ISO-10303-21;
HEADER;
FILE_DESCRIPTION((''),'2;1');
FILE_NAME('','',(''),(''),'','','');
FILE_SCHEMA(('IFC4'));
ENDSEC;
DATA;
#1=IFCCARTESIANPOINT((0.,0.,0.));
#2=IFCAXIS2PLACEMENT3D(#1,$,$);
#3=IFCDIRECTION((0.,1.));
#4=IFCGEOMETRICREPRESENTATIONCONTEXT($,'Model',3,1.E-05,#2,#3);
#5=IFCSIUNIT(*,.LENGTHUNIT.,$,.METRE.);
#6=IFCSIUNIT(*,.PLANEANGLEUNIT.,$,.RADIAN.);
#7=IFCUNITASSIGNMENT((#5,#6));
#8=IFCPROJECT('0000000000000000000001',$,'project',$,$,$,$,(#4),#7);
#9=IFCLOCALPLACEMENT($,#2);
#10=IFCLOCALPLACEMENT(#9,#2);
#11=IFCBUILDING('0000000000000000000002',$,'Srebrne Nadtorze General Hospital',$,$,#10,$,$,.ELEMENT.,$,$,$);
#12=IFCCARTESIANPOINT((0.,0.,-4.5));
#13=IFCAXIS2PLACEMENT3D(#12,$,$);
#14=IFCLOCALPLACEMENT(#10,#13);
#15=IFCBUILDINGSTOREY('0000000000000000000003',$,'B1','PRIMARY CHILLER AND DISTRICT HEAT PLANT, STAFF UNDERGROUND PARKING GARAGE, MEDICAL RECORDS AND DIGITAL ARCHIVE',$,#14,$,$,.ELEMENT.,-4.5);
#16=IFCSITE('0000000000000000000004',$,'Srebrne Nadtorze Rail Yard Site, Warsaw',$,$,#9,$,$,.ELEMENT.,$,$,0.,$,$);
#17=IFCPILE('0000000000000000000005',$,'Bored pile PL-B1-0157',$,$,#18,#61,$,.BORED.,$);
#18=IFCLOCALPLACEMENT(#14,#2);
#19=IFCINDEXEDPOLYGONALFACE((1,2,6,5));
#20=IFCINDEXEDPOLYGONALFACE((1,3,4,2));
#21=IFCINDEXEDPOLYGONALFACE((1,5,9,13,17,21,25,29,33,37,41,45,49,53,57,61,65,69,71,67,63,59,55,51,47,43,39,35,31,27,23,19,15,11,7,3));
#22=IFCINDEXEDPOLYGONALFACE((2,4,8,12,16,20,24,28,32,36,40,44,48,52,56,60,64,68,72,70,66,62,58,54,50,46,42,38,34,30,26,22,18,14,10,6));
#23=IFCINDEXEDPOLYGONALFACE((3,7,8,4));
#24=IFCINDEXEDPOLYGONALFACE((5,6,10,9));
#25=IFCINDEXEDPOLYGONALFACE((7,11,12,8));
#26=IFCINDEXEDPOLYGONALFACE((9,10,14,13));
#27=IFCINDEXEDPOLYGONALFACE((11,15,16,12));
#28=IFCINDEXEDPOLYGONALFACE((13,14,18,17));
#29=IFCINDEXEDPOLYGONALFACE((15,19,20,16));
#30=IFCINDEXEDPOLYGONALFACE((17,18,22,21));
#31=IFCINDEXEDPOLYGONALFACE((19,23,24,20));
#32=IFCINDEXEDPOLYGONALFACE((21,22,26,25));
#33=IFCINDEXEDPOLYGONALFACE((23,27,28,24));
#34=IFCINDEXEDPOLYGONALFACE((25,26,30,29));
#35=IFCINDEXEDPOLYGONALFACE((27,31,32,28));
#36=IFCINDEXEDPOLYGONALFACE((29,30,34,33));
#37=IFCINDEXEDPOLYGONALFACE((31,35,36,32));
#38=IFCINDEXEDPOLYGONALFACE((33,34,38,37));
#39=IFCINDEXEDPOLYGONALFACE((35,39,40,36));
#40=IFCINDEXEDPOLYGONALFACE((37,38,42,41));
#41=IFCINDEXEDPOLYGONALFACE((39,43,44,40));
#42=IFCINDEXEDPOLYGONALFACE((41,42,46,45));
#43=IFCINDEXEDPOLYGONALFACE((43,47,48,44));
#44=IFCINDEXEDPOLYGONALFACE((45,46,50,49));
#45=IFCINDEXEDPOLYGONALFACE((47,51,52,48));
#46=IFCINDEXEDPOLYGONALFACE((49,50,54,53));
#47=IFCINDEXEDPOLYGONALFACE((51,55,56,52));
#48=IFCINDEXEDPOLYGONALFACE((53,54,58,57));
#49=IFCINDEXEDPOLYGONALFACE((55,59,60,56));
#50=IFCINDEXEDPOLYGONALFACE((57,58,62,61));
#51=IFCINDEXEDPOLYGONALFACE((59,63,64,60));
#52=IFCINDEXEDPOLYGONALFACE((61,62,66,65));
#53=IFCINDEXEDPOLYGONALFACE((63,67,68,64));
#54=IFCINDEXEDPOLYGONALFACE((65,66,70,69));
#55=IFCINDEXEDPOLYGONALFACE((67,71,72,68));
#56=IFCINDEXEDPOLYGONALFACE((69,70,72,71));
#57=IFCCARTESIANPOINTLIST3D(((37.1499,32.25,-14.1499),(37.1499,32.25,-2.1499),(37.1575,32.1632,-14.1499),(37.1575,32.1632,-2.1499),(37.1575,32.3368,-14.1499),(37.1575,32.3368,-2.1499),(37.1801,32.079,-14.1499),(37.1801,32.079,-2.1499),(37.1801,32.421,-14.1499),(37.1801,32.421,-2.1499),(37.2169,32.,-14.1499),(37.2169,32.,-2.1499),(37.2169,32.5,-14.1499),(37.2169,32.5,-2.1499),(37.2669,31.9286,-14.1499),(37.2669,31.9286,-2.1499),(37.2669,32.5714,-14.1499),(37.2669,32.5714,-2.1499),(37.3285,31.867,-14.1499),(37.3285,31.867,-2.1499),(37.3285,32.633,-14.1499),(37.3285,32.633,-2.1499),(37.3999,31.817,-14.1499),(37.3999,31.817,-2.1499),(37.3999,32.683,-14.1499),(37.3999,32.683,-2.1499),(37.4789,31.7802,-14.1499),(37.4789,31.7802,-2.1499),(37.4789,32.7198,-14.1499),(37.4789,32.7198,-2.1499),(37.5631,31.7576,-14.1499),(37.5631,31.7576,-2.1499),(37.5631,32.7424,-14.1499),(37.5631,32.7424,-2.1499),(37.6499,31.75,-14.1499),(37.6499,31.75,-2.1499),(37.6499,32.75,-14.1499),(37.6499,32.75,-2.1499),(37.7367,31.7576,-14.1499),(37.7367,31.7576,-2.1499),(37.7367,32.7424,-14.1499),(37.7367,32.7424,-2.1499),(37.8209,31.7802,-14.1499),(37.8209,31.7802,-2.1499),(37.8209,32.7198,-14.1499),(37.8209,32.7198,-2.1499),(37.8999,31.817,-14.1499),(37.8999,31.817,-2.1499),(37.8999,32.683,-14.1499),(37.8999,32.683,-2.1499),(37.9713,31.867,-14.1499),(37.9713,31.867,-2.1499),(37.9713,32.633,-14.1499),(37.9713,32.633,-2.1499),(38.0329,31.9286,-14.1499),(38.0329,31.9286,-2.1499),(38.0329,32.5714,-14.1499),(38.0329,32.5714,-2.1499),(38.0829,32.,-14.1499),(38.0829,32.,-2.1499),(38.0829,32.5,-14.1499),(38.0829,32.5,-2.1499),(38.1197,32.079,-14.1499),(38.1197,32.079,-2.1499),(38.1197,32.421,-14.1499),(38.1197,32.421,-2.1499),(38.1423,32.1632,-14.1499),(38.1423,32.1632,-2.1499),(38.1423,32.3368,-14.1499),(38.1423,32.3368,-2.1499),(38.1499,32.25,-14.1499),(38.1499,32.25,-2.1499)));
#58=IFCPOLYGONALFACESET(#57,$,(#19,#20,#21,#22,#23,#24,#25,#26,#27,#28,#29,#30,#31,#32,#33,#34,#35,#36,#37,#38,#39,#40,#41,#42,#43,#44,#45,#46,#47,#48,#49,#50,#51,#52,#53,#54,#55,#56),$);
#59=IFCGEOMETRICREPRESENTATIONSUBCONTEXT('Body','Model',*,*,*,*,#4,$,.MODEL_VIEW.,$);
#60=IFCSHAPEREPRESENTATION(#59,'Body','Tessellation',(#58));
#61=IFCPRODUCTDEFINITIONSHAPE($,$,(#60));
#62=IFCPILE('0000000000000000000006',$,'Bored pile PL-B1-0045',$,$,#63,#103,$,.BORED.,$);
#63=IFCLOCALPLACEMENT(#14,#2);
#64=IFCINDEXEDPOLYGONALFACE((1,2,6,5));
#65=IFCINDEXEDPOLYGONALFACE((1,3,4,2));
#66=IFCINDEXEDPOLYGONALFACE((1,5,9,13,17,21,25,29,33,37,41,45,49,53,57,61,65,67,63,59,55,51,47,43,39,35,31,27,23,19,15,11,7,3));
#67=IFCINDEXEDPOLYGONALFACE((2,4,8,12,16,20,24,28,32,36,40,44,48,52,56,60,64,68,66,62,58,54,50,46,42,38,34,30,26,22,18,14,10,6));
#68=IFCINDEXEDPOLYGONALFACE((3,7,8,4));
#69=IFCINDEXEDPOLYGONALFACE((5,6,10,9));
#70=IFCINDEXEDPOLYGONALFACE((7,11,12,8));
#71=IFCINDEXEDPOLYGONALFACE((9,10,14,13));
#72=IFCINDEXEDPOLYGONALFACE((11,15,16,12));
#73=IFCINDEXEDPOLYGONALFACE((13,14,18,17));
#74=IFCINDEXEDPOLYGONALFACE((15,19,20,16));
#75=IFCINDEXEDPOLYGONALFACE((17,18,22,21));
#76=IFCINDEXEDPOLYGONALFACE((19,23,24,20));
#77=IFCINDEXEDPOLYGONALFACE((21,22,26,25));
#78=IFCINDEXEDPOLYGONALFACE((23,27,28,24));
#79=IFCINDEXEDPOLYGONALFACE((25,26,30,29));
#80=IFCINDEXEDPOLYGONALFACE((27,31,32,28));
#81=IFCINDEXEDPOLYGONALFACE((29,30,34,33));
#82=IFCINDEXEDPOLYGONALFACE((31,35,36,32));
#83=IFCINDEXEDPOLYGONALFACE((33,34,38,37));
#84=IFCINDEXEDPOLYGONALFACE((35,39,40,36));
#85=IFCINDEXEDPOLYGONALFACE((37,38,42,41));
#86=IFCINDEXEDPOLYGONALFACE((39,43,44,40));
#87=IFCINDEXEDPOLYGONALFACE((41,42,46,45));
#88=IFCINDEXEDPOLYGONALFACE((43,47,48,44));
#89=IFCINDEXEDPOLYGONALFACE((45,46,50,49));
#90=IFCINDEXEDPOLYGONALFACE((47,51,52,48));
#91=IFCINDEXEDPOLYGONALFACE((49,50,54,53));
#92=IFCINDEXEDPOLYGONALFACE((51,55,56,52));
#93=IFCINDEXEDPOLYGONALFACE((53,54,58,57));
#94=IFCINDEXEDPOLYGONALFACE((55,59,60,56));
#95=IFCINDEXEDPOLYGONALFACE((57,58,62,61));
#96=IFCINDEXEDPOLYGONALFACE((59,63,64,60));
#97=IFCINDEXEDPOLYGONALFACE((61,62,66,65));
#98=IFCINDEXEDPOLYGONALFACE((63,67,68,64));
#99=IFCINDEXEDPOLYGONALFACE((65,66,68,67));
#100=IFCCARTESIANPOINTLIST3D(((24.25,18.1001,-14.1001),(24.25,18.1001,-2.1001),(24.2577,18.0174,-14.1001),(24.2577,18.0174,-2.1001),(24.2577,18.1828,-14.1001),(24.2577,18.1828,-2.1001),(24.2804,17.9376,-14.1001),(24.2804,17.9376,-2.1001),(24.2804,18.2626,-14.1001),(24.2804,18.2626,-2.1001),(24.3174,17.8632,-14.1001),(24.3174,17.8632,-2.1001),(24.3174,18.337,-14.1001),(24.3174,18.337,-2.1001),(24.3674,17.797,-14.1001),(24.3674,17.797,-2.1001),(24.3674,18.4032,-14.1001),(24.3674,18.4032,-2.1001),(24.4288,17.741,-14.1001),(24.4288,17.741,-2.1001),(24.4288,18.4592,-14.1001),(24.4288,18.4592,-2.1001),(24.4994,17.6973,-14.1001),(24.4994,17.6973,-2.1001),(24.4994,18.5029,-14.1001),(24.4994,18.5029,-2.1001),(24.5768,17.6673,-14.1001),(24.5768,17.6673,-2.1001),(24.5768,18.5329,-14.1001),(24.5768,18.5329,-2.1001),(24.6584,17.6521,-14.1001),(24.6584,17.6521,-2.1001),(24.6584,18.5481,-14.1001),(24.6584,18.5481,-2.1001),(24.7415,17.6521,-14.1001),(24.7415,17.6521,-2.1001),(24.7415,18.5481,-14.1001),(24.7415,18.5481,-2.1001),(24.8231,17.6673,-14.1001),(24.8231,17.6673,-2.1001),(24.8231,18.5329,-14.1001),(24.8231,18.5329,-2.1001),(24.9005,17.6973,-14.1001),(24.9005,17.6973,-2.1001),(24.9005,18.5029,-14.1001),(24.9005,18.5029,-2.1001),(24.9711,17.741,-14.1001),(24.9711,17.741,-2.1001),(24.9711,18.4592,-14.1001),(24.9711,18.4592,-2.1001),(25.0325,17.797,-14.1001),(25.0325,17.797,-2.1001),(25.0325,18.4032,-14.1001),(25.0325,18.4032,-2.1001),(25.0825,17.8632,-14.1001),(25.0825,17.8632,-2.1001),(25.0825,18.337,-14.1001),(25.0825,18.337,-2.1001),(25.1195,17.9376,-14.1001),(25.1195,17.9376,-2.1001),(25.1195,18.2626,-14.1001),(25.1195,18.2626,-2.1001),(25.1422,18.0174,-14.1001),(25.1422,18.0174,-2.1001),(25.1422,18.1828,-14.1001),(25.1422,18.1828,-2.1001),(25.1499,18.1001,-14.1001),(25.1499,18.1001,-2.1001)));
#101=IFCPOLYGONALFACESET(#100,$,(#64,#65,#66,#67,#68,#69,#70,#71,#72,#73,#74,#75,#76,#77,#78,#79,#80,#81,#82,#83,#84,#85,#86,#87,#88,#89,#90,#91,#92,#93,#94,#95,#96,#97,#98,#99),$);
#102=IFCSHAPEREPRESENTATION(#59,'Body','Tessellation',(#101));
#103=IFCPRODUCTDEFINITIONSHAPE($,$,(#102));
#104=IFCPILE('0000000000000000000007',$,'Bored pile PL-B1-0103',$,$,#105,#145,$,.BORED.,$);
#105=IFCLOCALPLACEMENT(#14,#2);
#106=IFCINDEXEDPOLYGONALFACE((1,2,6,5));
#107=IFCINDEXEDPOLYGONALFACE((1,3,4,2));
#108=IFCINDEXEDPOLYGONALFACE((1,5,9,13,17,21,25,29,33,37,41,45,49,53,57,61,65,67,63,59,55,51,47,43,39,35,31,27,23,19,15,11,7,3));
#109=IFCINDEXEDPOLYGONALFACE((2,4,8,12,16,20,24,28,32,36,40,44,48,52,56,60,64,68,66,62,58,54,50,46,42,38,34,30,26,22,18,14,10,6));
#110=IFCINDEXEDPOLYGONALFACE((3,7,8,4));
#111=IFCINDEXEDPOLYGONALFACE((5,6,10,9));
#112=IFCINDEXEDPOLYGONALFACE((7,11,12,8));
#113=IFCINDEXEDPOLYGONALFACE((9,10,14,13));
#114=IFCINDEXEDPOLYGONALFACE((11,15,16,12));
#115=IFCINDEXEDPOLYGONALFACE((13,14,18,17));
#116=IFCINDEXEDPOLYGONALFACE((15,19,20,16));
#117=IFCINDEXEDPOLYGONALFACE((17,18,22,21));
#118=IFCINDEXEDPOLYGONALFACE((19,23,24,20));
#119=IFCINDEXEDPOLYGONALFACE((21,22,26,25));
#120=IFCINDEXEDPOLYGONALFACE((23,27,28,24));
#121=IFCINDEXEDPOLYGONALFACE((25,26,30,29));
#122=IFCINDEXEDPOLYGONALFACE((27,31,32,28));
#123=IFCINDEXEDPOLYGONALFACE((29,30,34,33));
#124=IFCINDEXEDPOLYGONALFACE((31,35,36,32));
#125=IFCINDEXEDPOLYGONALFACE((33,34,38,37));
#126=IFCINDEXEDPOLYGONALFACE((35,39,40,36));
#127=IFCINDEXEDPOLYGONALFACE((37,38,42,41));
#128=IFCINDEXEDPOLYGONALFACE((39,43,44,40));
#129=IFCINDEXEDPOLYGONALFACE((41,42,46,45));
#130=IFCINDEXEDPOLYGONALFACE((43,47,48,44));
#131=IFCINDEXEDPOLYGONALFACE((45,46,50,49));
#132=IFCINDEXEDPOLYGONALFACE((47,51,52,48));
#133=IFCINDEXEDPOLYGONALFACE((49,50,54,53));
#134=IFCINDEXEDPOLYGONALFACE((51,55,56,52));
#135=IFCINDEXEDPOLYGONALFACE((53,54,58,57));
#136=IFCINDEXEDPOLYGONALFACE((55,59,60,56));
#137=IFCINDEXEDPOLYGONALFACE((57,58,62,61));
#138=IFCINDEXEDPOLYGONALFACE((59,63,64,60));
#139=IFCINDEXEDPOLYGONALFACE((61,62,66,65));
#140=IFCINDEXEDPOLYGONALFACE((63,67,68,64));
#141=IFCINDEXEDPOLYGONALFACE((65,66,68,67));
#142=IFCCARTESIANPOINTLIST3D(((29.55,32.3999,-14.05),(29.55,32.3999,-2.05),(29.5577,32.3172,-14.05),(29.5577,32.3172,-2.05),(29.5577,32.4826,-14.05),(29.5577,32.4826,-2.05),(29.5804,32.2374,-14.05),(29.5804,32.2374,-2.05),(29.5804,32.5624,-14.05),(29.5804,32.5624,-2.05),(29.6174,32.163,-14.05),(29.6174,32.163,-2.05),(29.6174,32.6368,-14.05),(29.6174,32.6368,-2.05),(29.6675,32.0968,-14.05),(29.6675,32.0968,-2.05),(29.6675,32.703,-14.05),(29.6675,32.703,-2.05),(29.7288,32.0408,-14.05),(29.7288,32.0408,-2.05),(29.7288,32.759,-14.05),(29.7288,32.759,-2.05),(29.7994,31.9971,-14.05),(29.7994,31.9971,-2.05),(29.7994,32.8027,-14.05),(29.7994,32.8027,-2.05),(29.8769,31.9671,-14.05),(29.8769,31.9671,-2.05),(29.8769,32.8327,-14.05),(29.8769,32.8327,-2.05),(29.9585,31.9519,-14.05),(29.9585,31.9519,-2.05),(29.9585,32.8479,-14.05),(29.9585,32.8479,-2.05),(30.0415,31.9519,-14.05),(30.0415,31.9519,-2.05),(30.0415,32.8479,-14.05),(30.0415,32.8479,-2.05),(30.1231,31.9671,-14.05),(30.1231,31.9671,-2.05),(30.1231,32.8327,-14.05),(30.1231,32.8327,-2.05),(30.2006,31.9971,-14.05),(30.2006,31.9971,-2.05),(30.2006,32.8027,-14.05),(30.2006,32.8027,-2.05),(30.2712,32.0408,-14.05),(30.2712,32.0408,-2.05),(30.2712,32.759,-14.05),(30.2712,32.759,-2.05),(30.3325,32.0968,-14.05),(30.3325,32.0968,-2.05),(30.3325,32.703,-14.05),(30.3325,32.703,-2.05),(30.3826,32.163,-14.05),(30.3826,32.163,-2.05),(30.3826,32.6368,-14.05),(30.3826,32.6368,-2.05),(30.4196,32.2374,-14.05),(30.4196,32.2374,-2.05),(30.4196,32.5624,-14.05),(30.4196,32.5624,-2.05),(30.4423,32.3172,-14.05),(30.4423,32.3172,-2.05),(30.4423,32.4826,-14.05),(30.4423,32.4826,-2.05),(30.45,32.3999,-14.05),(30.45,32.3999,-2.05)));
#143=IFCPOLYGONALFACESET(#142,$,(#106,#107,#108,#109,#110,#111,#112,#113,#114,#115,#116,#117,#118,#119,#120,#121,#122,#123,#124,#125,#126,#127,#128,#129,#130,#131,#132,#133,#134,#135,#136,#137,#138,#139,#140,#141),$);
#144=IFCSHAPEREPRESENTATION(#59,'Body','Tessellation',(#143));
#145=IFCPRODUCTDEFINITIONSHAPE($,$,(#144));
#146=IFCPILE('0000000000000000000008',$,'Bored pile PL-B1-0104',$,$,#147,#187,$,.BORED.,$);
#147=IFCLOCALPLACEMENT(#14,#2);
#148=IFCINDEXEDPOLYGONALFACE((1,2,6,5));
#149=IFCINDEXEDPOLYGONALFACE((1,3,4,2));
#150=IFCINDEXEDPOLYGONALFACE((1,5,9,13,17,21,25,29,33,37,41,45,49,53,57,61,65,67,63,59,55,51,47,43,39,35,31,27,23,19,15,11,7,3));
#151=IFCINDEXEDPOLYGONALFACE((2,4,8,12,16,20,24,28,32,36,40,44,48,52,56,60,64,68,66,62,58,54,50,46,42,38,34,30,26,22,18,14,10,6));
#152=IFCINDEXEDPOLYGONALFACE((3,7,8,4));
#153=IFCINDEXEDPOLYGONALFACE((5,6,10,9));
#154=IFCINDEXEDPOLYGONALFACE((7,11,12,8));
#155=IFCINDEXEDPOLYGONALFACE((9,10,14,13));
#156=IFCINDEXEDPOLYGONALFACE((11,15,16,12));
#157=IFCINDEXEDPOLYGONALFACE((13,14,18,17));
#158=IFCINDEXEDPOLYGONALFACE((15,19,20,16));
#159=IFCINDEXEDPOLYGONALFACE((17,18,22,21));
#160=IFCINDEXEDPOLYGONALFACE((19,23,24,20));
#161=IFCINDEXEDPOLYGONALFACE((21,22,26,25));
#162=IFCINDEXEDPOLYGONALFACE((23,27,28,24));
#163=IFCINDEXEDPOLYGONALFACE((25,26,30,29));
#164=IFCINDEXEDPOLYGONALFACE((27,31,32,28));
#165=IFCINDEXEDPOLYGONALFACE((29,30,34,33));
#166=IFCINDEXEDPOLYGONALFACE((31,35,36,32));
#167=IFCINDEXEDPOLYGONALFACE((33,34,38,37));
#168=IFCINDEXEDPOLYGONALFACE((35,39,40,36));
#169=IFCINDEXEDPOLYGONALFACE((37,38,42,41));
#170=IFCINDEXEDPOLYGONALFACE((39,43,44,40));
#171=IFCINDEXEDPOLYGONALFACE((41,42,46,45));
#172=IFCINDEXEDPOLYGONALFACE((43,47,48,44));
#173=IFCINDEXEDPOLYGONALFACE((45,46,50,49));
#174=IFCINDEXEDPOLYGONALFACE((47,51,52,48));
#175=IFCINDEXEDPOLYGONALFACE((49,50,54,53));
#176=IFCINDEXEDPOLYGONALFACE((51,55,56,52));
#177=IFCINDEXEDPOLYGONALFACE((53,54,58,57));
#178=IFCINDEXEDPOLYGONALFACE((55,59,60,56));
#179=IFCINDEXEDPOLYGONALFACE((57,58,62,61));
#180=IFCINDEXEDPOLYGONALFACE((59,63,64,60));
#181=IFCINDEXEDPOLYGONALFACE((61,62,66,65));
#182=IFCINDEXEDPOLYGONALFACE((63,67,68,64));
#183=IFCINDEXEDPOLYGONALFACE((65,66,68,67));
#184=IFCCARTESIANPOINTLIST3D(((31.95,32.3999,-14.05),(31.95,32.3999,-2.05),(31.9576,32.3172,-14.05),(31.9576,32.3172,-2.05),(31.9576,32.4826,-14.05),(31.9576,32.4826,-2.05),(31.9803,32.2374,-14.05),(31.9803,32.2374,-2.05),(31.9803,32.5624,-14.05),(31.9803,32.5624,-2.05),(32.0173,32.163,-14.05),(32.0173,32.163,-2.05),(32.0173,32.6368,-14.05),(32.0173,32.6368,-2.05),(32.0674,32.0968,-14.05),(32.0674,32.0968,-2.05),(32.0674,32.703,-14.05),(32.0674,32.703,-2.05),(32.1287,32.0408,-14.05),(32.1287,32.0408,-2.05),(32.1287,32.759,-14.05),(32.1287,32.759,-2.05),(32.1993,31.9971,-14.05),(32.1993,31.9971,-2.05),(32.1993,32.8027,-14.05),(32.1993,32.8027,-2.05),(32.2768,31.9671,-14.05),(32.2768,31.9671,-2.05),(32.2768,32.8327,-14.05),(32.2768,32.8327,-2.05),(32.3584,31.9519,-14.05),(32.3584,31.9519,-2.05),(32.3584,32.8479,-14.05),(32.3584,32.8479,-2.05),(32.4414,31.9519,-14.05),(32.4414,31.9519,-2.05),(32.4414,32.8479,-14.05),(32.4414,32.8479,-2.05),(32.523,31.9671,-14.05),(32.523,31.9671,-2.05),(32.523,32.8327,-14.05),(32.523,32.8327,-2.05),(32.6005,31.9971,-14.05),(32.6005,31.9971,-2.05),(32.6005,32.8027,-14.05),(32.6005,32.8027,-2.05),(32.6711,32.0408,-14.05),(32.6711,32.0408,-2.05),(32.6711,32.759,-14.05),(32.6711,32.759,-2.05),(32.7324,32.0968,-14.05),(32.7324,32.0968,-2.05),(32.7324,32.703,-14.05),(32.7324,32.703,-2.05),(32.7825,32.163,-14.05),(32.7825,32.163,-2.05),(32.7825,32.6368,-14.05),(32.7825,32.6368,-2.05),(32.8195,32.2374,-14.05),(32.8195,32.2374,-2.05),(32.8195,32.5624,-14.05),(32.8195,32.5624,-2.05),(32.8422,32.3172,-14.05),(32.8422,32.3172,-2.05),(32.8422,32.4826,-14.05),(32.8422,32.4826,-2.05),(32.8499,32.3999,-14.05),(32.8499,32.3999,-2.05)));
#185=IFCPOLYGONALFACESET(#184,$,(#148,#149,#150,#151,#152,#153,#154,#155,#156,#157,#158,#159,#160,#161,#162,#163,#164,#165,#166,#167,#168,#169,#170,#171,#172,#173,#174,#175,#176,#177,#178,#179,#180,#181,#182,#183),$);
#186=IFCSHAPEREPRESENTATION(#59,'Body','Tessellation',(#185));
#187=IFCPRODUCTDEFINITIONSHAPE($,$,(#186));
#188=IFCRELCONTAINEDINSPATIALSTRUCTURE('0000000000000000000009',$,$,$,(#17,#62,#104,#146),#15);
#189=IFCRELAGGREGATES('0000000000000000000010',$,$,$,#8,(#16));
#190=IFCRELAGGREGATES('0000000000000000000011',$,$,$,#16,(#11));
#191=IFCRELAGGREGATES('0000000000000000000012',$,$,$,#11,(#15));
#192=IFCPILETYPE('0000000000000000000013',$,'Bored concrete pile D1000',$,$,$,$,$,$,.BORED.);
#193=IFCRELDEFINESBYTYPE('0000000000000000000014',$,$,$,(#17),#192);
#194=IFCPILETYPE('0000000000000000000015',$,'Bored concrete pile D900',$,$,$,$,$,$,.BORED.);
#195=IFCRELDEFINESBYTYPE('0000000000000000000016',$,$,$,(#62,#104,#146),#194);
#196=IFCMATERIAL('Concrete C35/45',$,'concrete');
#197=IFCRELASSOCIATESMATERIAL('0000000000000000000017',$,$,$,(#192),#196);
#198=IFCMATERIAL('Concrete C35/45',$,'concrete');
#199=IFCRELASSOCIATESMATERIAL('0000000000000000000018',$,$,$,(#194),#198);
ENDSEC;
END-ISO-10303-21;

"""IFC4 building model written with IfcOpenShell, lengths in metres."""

from ifc_helpers import new_model, si_unit, direction, frame, origin, origin_2d, place, context, subcontext, project, spatial, circle, extrude, material, material_profile, profile_set, type_object, element, save


model = new_model("IFC4")

# Units and contexts
model_context = context("Model", 3, precision=1e-05, world=origin(), true_north=direction((0.0, 1.0)))
body_context = subcontext(model_context, "Body", "Model", "MODEL_VIEW")
ifc_project = project(units=[si_unit("LENGTHUNIT", "METRE"), si_unit("PLANEANGLEUNIT", "RADIAN")], contexts=[model_context])

# Site, building, storey
site_placement = place(None, origin())
site = spatial("IfcSite", under=ifc_project, at=site_placement, Name="Srebrne Nadtorze Rail Yard Site, Warsaw", CompositionType="ELEMENT", RefElevation=0.0)
building_placement = place(site_placement, origin())
building = spatial("IfcBuilding", under=site, at=building_placement, Name="Srebrne Nadtorze General Hospital", CompositionType="ELEMENT")
storey_placement = place(building_placement, frame((0.0, 0.0, -4.5)))
storey = spatial("IfcBuildingStorey", under=building, at=storey_placement, Name="B1", Description="PRIMARY CHILLER AND DISTRICT HEAT PLANT, STAFF UNDERGROUND PARKING GARAGE, MEDICAL RECORDS AND DIGITAL ARCHIVE", CompositionType="ELEMENT", Elevation=-4.5)

# Piles
ifc_material_1 = material(Name="Concrete C35/45", Category="concrete")
ifc_material_profile_1 = material_profile(ifc_material_1, circle(Radius=0.5, at=origin_2d()), Name="PILE-D1000")
ifc_profile_set_1 = profile_set([ifc_material_profile_1], Name="Concrete C35/45")
pile_type_1 = type_object("IfcPileType", Name="Bored concrete pile D1000", PredefinedType="BORED", material=ifc_profile_set_1)
for number, where, z_axis, x_axis, name in (
    (1, (37.6499, 32.25, -2.1499), (0.0, 0.0, -1.0), (1.0, 0.0, 0.0), "Bored pile PL-B1-0157"),
):
    element("IfcPile", number, at=place(storey_placement, frame(where, z_axis=z_axis, x_axis=x_axis)), inside=storey, type_object=pile_type_1, Name=name, PredefinedType="BORED", context=body_context, shape_type="SweptSolid", body=[
        extrude(circle(Radius=0.5, at=origin_2d()), origin(), (0.0, 0.0, 1.0), 12.0),
    ])
ifc_material_2 = material(Name="Concrete C35/45", Category="concrete")
ifc_material_profile_2 = material_profile(ifc_material_2, circle(Radius=0.45, at=origin_2d()), Name="PILE-D900")
ifc_profile_set_2 = profile_set([ifc_material_profile_2], Name="Concrete C35/45")
pile_type_2 = type_object("IfcPileType", Name="Bored concrete pile D900", PredefinedType="BORED", material=ifc_profile_set_2)
for number, where, z_axis, x_axis, name in (
    (2, (24.7, 18.1001, -2.1001), (0.0, 0.0, -1.0), (1.0, 0.0, 0.0), "Bored pile PL-B1-0045"),
    (3, (30.0, 32.3999, -2.05), (0.0, 0.0, -1.0), (1.0, 0.0, 0.0), "Bored pile PL-B1-0103"),
    (4, (32.3999, 32.3999, -2.05), (0.0, 0.0, -1.0), (1.0, 0.0, 0.0), "Bored pile PL-B1-0104"),
):
    element("IfcPile", number, at=place(storey_placement, frame(where, z_axis=z_axis, x_axis=x_axis)), inside=storey, type_object=pile_type_2, Name=name, PredefinedType="BORED", context=body_context, shape_type="SweptSolid", body=[
        extrude(circle(Radius=0.45, at=origin_2d()), origin(), (0.0, 0.0, 1.0), 12.0),
    ])

save(model, "model.ifc")
